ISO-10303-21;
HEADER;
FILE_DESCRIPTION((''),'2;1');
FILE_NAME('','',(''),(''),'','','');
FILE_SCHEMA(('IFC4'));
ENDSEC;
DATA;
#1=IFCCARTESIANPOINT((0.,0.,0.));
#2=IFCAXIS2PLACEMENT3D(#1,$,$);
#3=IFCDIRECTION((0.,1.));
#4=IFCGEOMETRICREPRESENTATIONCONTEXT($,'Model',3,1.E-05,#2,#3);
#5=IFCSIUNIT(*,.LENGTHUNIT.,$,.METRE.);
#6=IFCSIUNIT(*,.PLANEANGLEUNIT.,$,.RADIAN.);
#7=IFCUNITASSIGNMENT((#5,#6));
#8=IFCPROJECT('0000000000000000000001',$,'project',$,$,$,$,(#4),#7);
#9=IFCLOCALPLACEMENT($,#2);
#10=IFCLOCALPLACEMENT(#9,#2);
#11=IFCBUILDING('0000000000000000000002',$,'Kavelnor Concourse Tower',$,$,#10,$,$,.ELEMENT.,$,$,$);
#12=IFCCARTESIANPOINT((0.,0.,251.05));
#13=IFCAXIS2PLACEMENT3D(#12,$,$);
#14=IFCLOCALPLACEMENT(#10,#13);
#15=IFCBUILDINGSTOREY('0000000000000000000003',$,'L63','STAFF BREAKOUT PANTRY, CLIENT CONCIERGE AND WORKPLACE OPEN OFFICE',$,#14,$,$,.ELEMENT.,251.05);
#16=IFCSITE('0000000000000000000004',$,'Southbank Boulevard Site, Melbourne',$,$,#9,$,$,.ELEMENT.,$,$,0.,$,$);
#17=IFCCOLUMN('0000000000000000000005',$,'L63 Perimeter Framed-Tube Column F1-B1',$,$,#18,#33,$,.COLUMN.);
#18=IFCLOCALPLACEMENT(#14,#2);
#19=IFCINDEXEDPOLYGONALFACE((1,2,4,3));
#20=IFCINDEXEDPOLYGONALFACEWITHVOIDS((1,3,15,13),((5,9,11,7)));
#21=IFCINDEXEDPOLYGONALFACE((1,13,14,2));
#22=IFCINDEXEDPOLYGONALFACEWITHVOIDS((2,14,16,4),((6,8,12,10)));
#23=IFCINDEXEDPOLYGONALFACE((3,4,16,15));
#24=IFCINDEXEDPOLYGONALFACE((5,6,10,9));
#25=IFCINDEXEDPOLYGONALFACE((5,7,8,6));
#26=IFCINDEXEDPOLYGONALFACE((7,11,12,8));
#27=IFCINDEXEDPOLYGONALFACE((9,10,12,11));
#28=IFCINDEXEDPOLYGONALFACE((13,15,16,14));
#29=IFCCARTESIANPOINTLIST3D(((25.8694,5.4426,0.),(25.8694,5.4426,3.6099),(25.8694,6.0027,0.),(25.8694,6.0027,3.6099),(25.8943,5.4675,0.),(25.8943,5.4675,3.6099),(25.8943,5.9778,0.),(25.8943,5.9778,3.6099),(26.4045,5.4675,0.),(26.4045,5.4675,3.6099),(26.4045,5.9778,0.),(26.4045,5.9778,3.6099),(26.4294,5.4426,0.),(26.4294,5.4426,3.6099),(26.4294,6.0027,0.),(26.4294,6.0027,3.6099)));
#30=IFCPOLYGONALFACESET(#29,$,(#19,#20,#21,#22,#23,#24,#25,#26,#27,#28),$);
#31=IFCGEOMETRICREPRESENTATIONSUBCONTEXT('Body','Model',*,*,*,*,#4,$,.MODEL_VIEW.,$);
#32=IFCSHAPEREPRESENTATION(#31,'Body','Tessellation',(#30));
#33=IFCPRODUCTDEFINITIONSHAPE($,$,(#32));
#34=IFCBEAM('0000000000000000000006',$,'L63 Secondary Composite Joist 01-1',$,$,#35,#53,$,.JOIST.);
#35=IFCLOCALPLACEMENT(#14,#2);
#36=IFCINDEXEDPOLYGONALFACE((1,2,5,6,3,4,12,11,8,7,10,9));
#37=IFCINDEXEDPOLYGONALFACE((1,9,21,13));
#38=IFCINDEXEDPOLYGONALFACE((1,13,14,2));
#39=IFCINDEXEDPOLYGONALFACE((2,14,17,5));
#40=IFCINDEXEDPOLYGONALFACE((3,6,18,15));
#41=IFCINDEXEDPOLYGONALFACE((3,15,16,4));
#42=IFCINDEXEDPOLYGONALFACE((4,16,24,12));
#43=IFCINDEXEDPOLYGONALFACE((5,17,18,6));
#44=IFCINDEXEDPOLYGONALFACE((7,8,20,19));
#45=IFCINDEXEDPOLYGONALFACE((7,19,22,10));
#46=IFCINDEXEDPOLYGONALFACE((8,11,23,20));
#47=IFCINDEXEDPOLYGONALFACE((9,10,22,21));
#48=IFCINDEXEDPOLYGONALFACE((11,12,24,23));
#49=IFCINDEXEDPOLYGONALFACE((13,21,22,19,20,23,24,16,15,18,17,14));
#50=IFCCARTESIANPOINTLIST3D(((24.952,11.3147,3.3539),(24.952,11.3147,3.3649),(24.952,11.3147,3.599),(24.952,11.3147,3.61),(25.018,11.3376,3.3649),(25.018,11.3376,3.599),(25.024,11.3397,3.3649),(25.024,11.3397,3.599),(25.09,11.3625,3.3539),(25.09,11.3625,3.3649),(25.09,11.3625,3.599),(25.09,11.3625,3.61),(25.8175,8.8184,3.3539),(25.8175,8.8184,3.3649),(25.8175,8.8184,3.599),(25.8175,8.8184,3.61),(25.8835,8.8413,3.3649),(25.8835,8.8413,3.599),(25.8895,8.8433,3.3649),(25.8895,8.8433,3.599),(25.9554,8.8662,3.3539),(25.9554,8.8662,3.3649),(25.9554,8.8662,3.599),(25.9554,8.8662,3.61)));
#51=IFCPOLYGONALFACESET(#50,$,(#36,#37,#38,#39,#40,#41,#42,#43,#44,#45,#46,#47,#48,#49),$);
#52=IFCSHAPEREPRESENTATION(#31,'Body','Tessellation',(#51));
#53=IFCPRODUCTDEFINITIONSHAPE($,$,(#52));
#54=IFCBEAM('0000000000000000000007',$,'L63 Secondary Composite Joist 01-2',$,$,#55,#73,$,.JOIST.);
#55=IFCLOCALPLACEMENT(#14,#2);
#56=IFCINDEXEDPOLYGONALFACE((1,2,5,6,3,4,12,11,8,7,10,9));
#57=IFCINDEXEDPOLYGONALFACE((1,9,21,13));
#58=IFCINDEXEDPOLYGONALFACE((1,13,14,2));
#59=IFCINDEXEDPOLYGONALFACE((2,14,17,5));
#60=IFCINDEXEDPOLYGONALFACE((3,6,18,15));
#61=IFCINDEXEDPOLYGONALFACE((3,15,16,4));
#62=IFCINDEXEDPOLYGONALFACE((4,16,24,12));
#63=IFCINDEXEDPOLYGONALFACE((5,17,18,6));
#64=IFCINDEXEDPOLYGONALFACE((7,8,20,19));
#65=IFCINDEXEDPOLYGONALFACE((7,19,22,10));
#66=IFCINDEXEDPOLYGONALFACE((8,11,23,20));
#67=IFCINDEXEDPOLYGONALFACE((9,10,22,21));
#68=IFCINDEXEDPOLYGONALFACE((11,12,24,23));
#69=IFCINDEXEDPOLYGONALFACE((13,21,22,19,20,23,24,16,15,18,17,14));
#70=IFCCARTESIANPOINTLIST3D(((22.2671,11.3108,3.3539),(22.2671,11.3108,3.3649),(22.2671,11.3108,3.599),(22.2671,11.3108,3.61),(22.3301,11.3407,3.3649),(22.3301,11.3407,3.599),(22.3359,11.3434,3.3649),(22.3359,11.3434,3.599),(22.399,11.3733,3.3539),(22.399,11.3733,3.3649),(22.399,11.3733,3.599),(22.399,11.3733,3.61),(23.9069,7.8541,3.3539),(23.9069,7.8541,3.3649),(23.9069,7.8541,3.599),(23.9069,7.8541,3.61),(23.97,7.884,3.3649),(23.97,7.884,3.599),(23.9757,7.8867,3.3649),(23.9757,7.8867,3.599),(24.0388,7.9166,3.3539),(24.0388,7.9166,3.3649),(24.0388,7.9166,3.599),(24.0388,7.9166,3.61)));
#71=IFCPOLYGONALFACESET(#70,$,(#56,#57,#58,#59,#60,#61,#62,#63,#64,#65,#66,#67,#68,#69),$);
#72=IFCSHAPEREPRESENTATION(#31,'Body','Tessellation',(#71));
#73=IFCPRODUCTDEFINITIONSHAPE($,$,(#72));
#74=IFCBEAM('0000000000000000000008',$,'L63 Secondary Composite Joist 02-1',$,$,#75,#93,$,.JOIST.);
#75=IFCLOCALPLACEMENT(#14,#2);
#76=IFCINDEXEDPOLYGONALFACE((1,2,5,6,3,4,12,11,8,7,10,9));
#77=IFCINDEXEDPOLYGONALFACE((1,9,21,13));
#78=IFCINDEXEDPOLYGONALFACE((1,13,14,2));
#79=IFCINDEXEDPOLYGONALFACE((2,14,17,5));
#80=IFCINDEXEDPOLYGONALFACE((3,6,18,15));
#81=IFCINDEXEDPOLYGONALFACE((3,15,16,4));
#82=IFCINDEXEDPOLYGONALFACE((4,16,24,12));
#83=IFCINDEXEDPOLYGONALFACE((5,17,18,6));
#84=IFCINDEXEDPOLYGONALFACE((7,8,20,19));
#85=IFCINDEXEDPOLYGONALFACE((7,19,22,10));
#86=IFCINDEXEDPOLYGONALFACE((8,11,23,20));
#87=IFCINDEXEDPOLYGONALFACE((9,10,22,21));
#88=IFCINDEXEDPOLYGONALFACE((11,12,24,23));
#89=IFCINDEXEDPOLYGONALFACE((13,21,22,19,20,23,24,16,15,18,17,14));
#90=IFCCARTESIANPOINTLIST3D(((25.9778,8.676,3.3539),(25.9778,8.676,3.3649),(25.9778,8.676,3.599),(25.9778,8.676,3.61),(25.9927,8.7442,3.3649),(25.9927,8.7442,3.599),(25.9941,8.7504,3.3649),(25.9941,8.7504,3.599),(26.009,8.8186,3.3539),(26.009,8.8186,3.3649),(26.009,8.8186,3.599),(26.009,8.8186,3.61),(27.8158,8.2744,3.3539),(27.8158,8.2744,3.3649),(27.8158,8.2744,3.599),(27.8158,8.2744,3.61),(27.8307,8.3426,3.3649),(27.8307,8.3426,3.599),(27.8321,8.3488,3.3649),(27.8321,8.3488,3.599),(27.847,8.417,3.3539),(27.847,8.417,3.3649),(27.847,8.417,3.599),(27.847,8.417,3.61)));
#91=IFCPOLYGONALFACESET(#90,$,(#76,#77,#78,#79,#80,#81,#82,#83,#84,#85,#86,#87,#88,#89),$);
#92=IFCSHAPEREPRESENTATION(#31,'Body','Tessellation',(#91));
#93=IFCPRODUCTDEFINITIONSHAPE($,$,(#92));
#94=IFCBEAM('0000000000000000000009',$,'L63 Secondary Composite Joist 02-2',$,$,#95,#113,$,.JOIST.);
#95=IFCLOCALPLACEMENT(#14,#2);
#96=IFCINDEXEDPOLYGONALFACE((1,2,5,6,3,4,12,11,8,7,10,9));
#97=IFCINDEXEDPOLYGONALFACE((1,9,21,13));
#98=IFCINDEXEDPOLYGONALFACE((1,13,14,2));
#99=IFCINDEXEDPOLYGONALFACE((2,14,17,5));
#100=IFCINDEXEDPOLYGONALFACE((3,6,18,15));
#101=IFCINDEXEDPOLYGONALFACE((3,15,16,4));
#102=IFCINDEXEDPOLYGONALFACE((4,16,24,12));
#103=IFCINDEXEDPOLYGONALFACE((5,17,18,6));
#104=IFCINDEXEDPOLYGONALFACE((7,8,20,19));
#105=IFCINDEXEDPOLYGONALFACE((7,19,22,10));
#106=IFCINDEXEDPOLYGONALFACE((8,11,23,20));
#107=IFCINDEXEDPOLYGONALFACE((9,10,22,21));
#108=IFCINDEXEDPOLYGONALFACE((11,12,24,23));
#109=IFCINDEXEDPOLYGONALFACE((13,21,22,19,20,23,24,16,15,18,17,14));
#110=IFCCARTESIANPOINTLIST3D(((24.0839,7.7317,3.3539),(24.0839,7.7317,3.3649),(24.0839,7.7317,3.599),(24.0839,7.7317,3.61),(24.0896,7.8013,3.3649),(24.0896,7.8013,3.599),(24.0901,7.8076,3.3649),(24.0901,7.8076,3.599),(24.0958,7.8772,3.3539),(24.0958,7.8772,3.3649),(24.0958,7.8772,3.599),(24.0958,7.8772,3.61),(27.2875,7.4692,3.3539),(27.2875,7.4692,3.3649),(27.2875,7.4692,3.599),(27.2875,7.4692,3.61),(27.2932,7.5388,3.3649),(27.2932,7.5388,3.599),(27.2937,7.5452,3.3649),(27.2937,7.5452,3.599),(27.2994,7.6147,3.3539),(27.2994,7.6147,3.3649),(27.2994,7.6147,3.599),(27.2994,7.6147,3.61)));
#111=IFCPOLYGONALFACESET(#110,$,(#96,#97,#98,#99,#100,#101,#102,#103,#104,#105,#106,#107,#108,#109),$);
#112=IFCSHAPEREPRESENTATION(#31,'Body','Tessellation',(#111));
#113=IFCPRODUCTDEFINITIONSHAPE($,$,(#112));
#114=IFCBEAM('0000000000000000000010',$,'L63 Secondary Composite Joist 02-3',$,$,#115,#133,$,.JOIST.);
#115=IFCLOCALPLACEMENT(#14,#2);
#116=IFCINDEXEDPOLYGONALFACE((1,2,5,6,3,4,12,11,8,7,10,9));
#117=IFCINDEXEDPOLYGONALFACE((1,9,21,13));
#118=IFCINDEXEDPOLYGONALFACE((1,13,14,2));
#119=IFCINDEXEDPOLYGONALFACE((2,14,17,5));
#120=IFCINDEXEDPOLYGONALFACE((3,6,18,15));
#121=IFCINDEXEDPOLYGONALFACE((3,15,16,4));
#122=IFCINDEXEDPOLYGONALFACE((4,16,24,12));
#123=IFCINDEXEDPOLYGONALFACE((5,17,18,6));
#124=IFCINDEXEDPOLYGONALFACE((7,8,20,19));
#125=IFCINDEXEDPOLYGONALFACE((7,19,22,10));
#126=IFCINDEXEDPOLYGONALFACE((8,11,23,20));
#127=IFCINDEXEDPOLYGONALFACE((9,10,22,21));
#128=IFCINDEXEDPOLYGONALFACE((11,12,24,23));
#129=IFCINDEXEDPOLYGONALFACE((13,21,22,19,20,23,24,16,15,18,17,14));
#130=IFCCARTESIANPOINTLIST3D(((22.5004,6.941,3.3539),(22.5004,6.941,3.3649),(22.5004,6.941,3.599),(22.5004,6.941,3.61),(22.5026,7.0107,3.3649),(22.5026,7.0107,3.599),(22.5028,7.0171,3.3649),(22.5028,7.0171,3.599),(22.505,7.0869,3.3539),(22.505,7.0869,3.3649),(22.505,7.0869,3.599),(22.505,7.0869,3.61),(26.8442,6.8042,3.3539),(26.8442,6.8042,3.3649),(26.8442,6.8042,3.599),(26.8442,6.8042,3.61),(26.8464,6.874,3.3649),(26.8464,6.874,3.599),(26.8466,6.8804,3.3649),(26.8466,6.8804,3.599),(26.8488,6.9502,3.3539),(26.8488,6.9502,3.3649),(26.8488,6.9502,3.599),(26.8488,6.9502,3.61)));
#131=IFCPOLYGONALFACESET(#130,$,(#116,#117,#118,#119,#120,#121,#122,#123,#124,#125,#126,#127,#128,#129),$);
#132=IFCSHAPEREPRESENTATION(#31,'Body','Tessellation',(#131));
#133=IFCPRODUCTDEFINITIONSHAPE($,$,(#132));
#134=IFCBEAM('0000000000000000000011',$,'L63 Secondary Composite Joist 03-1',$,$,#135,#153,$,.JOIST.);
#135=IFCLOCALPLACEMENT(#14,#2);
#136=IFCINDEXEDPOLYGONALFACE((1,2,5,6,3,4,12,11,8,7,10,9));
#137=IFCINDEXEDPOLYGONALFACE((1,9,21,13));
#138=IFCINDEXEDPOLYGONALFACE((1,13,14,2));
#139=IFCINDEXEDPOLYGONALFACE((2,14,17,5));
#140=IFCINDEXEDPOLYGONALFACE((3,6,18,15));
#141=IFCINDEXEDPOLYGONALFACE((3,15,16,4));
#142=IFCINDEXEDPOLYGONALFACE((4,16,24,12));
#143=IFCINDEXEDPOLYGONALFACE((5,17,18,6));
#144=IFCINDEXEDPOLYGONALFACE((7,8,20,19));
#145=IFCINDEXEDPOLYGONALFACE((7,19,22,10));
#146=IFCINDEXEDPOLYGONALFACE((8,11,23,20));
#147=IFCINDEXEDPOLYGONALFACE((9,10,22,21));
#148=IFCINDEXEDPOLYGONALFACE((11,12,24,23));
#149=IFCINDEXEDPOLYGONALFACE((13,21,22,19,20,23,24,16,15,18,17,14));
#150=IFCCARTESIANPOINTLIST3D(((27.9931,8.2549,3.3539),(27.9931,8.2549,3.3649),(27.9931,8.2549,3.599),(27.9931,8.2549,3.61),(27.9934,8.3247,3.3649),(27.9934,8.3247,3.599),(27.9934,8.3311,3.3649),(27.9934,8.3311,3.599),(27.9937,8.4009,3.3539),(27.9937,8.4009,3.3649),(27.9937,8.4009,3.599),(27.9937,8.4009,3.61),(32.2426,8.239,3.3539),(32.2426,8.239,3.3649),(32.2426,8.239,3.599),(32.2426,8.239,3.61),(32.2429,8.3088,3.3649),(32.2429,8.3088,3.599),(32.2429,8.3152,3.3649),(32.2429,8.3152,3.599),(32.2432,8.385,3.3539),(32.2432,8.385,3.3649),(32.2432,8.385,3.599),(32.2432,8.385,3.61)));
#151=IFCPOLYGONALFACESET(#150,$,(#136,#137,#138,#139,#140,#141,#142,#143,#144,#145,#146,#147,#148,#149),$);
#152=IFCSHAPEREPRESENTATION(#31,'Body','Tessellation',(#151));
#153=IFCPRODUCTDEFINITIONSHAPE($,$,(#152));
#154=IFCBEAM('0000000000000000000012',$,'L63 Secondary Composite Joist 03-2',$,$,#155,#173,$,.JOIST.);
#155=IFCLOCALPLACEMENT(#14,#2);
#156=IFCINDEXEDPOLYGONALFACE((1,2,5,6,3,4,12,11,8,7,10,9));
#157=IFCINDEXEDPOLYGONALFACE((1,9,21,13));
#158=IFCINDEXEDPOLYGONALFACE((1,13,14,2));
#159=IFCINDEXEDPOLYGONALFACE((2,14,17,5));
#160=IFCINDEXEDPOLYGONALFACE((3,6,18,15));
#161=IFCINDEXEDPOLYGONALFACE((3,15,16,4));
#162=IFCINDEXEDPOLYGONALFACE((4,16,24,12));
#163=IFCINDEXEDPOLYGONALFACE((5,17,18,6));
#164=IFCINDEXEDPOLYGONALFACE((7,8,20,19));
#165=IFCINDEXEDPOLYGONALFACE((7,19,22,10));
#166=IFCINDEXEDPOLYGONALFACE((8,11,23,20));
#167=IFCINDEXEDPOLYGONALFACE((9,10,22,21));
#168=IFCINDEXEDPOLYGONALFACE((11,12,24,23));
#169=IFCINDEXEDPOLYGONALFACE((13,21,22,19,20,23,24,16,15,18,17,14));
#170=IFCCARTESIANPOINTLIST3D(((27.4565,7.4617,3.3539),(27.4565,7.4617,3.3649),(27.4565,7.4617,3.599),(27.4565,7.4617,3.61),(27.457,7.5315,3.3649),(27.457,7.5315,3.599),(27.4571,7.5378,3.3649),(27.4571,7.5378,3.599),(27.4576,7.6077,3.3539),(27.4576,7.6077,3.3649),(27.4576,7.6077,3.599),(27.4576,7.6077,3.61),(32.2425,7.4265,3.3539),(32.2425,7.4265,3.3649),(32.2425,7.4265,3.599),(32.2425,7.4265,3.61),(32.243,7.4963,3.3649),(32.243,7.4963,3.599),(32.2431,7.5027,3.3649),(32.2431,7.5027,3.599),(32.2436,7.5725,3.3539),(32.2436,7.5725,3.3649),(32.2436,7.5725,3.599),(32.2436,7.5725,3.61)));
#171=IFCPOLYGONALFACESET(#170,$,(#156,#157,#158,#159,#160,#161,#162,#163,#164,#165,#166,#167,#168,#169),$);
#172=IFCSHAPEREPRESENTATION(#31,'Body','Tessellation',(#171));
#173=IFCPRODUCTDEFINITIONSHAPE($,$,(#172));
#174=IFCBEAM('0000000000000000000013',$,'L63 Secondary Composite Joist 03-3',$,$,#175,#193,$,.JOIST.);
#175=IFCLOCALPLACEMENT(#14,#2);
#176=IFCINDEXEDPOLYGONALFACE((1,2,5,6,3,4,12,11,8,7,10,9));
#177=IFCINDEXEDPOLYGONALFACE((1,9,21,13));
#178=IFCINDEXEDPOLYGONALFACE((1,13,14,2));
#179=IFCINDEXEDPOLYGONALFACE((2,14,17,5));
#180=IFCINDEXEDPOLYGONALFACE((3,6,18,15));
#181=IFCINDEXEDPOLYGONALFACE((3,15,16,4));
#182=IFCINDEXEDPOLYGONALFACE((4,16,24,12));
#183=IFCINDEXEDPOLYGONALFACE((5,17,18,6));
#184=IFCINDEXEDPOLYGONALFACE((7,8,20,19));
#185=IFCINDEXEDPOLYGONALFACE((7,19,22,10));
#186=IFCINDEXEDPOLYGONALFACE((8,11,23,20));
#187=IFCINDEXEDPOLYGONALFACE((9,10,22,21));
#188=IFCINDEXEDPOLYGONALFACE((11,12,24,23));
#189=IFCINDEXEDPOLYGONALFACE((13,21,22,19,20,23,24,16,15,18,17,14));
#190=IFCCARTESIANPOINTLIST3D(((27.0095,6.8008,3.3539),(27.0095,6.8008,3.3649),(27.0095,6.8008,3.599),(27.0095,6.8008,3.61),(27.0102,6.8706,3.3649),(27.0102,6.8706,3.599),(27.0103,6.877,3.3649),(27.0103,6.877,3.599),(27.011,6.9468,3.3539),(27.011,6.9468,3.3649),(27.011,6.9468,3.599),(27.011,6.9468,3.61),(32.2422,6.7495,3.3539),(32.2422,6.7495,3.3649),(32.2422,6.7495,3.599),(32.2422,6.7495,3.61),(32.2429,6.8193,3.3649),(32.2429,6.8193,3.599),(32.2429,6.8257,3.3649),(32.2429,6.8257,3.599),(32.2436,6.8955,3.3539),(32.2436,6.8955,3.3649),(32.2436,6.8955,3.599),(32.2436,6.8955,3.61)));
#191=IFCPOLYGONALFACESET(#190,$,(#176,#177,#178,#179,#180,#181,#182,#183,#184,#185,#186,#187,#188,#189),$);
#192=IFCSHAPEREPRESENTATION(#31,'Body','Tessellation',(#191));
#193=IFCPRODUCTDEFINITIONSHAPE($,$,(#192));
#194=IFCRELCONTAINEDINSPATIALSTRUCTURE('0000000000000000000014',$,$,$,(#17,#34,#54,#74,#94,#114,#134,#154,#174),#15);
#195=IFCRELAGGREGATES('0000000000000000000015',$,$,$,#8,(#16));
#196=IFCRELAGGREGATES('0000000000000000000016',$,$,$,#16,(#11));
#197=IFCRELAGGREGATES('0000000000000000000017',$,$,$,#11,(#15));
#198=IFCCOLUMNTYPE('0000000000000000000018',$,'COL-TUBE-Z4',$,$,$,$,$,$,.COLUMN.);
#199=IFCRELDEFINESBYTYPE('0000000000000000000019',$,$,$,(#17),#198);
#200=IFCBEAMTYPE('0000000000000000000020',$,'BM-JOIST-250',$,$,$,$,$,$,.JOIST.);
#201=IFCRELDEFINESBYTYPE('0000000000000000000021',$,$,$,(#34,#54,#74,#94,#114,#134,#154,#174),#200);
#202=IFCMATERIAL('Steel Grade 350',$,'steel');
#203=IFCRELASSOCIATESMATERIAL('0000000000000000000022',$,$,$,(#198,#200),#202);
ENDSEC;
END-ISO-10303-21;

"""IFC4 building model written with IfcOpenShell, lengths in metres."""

from ifc_helpers import new_model, si_unit, direction, frame, origin, origin_2d, place, context, subcontext, project, spatial, hollow_rectangle, i_section, extrude, material, material_profile, profile_set, type_object, element, save


model = new_model("IFC4")

# Units and contexts
model_context = context("Model", 3, precision=1e-05, world=origin(), true_north=direction((0.0, 1.0)))
body_context = subcontext(model_context, "Body", "Model", "MODEL_VIEW")
ifc_project = project(units=[si_unit("LENGTHUNIT", "METRE"), si_unit("PLANEANGLEUNIT", "RADIAN")], contexts=[model_context])

# Site, building, storey
site_placement = place(None, origin())
site = spatial("IfcSite", under=ifc_project, at=site_placement, Name="Southbank Boulevard Site, Melbourne", CompositionType="ELEMENT", RefElevation=0.0)
building_placement = place(site_placement, origin())
building = spatial("IfcBuilding", under=site, at=building_placement, Name="Kavelnor Concourse Tower", CompositionType="ELEMENT")
storey_placement = place(building_placement, frame((0.0, 0.0, 251.05)))
storey = spatial("IfcBuildingStorey", under=building, at=storey_placement, Name="L63", Description="STAFF BREAKOUT PANTRY, CLIENT CONCIERGE AND WORKPLACE OPEN OFFICE", CompositionType="ELEMENT", Elevation=251.05)

# Column
ifc_material_1 = material(Name="Steel Grade 350", Category="steel")
ifc_material_profile_1 = material_profile(ifc_material_1, hollow_rectangle(XDim=0.5601, YDim=0.5601, WallThickness=0.0249, at=origin_2d()), Name="SHS 560x560x25")
ifc_profile_set_1 = profile_set([ifc_material_profile_1], Name="Steel Grade 350")
column_type = type_object("IfcColumnType", Name="COL-TUBE-Z4", PredefinedType="COLUMN", material=ifc_profile_set_1)
column_placement = place(storey_placement, frame((26.1494, 5.7227, 0.0), z_axis=(0.0, 0.0, 1.0), x_axis=(1.0, 0.0, 0.0)))
element("IfcColumn", 1, at=column_placement, inside=storey, type_object=column_type, Name="L63 Perimeter Framed-Tube Column F1-B1", PredefinedType="COLUMN", context=body_context, shape_type="SweptSolid", body=[
    extrude(hollow_rectangle(XDim=0.5601, YDim=0.5601, WallThickness=0.0249, at=origin_2d()), origin(), (0.0, 0.0, 1.0), 3.6099),
])

# Beams
ifc_material_profile_2 = material_profile(ifc_material_1, i_section(OverallWidth=0.146, OverallDepth=0.2561, WebThickness=0.0063, FlangeThickness=0.011, at=origin_2d()), Name="250UB37")
ifc_profile_set_2 = profile_set([ifc_material_profile_2], Name="Steel Grade 350")
beam_type_1 = type_object("IfcBeamType", Name="BM-JOIST-250", PredefinedType="JOIST", material=ifc_profile_set_2)
beam_1_placement = place(storey_placement, frame((25.021, 11.3386, 3.4819), z_axis=(0.327571, -0.944827, 0.0), x_axis=(0.944827, 0.327571, 0.0)))
element("IfcBeam", 2, at=beam_1_placement, inside=storey, type_object=beam_type_1, Name="L63 Secondary Composite Joist 01-1", PredefinedType="JOIST", context=body_context, shape_type="SweptSolid", body=[
    extrude(i_section(OverallWidth=0.146, OverallDepth=0.2561, WebThickness=0.0063, FlangeThickness=0.011, at=origin_2d()), origin(), (0.0, 0.0, 1.0), 2.6421),
])
beam_2_placement = place(storey_placement, frame((22.333, 11.342, 3.4819), z_axis=(0.428613, -0.903488, 0.0), x_axis=(0.903488, 0.428613, 0.0)))
element("IfcBeam", 3, at=beam_2_placement, inside=storey, type_object=beam_type_1, Name="L63 Secondary Composite Joist 01-2", PredefinedType="JOIST", context=body_context, shape_type="SweptSolid", body=[
    extrude(i_section(OverallWidth=0.146, OverallDepth=0.2561, WebThickness=0.0063, FlangeThickness=0.011, at=origin_2d()), origin(), (0.0, 0.0, 1.0), 3.8259),
])
beam_3_placement = place(storey_placement, frame((25.9934, 8.7473, 3.4819), z_axis=(0.976947, -0.21348, 0.0), x_axis=(0.21348, 0.976947, 0.0)))
element("IfcBeam", 4, at=beam_3_placement, inside=storey, type_object=beam_type_1, Name="L63 Secondary Composite Joist 02-1", PredefinedType="JOIST", context=body_context, shape_type="SweptSolid", body=[
    extrude(i_section(OverallWidth=0.146, OverallDepth=0.2561, WebThickness=0.0063, FlangeThickness=0.011, at=origin_2d()), origin(), (0.0, 0.0, 1.0), 1.8813),
])
beam_4_placement = place(storey_placement, frame((24.0898, 7.8044, 3.4819), z_axis=(0.996661, -0.08165, 0.0), x_axis=(0.08165, 0.996661, 0.0)))
element("IfcBeam", 5, at=beam_4_placement, inside=storey, type_object=beam_type_1, Name="L63 Secondary Composite Joist 02-2", PredefinedType="JOIST", context=body_context, shape_type="SweptSolid", body=[
    extrude(i_section(OverallWidth=0.146, OverallDepth=0.2561, WebThickness=0.0063, FlangeThickness=0.011, at=origin_2d()), origin(), (0.0, 0.0, 1.0), 3.2144),
])
beam_5_placement = place(storey_placement, frame((22.5027, 7.0139, 3.4819), z_axis=(0.999505, -0.031459, 0.0), x_axis=(0.031459, 0.999505, 0.0)))
element("IfcBeam", 6, at=beam_5_placement, inside=storey, type_object=beam_type_1, Name="L63 Secondary Composite Joist 02-3", PredefinedType="JOIST", context=body_context, shape_type="SweptSolid", body=[
    extrude(i_section(OverallWidth=0.146, OverallDepth=0.2561, WebThickness=0.0063, FlangeThickness=0.011, at=origin_2d()), origin(), (0.0, 0.0, 1.0), 4.3459),
])
beam_6_placement = place(storey_placement, frame((27.9934, 8.3279, 3.4819), z_axis=(0.999993, -0.003734, 0.0), x_axis=(0.003734, 0.999993, 0.0)))
element("IfcBeam", 7, at=beam_6_placement, inside=storey, type_object=beam_type_1, Name="L63 Secondary Composite Joist 03-1", PredefinedType="JOIST", context=body_context, shape_type="SweptSolid", body=[
    extrude(i_section(OverallWidth=0.146, OverallDepth=0.2561, WebThickness=0.0063, FlangeThickness=0.011, at=origin_2d()), origin(), (0.0, 0.0, 1.0), 4.2495),
])
beam_7_placement = place(storey_placement, frame((27.457, 7.5347, 3.4819), z_axis=(0.999973, -0.007346, 0.0), x_axis=(0.007346, 0.999973, 0.0)))
element("IfcBeam", 8, at=beam_7_placement, inside=storey, type_object=beam_type_1, Name="L63 Secondary Composite Joist 03-2", PredefinedType="JOIST", context=body_context, shape_type="SweptSolid", body=[
    extrude(i_section(OverallWidth=0.146, OverallDepth=0.2561, WebThickness=0.0063, FlangeThickness=0.011, at=origin_2d()), origin(), (0.0, 0.0, 1.0), 4.7861),
])
beam_8_placement = place(storey_placement, frame((27.0103, 6.8738, 3.4819), z_axis=(0.999952, -0.009798, 0.0), x_axis=(0.009798, 0.999952, 0.0)))
element("IfcBeam", 9, at=beam_8_placement, inside=storey, type_object=beam_type_1, Name="L63 Secondary Composite Joist 03-3", PredefinedType="JOIST", context=body_context, shape_type="SweptSolid", body=[
    extrude(i_section(OverallWidth=0.146, OverallDepth=0.2561, WebThickness=0.0063, FlangeThickness=0.011, at=origin_2d()), origin(), (0.0, 0.0, 1.0), 5.2329),
])

save(model, "model.ifc")
